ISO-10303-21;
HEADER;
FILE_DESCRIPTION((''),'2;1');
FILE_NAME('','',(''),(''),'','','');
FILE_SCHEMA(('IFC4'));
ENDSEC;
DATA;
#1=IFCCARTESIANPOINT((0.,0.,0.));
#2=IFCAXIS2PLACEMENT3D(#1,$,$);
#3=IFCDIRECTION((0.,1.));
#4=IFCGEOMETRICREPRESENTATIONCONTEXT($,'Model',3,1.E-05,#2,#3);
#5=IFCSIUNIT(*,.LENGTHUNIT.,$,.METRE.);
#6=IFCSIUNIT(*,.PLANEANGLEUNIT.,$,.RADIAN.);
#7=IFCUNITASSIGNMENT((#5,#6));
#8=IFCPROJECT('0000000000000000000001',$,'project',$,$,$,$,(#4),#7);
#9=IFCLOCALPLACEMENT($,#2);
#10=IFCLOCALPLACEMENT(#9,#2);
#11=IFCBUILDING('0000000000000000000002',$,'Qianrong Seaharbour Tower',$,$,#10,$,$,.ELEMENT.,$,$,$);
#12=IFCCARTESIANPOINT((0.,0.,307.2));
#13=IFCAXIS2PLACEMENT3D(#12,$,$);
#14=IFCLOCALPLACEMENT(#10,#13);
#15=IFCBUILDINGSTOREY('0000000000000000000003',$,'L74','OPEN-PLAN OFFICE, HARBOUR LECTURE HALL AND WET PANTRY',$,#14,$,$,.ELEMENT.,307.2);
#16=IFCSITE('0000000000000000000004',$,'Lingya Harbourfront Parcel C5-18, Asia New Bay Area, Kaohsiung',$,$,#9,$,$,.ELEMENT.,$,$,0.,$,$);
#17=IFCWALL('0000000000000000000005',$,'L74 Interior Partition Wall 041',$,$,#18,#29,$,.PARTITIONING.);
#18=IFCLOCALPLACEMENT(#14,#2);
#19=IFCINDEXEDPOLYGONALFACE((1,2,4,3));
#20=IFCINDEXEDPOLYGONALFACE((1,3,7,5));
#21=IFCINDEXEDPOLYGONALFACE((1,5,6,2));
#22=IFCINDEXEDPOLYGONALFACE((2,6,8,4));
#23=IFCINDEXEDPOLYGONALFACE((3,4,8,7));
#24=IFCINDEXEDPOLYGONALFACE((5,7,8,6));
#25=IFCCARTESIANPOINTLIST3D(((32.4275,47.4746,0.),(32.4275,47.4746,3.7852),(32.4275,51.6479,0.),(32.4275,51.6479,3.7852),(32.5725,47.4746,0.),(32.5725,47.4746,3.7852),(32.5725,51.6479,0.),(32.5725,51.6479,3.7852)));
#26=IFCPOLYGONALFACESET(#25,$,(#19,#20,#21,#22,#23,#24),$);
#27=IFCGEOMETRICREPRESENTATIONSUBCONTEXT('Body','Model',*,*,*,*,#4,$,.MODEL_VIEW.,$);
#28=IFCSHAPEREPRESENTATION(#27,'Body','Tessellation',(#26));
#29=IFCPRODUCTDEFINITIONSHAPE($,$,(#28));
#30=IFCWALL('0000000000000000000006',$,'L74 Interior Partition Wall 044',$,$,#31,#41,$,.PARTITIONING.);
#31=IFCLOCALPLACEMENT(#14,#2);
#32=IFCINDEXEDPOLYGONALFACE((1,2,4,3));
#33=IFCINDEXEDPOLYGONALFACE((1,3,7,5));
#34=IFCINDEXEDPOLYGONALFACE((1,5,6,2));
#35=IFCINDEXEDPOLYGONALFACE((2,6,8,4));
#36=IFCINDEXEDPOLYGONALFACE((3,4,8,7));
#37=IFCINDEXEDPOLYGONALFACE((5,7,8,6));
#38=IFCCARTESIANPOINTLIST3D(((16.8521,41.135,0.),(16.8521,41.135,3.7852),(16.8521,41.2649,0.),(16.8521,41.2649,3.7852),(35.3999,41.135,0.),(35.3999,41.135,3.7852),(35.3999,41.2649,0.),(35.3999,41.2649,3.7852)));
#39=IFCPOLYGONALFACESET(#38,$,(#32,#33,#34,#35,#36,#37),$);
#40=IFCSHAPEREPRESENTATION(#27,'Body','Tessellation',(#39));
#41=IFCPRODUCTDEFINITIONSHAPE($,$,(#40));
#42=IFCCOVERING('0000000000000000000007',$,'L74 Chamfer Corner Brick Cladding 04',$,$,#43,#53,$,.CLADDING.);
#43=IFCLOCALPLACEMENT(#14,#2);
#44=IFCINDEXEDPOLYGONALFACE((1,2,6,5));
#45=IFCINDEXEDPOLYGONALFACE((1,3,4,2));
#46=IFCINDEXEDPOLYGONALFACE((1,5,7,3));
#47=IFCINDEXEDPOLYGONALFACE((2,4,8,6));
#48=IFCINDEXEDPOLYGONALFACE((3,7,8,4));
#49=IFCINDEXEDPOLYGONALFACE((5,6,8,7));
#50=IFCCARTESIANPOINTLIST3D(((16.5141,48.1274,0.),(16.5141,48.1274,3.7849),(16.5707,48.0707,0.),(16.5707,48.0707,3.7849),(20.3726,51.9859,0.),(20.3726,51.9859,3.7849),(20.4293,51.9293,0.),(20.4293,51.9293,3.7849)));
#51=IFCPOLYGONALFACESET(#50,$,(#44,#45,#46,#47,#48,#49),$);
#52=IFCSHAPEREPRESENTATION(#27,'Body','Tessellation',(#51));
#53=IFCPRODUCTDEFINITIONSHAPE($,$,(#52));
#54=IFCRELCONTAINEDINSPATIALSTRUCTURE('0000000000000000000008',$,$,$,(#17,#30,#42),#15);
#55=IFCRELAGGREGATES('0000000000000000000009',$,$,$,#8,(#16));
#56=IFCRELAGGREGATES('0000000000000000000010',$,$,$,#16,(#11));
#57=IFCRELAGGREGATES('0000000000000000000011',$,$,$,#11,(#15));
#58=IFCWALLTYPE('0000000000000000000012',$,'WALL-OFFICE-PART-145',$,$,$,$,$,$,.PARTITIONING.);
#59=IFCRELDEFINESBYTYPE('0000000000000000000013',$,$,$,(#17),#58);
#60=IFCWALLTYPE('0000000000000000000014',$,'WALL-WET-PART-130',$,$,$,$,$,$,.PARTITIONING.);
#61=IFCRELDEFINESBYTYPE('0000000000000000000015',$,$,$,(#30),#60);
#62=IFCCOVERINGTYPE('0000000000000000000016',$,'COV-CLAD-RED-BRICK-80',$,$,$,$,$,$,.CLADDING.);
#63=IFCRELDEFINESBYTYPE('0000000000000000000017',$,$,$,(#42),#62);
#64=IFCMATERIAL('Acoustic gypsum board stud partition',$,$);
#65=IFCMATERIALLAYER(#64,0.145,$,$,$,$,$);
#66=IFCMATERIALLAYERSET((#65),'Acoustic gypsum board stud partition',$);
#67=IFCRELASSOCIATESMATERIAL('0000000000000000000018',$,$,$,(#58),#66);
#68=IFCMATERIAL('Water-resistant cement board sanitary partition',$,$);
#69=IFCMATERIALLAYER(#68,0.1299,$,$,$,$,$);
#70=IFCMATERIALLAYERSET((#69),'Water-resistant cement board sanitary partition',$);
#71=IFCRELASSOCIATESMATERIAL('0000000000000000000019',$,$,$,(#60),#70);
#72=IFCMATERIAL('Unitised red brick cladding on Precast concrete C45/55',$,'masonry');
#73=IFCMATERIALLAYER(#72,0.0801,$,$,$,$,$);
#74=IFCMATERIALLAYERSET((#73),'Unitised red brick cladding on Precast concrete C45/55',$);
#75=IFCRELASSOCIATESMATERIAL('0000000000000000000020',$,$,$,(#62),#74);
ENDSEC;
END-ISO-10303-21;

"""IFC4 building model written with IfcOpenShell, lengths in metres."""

from ifc_helpers import new_model, si_unit, direction, frame, frame_2d, origin, origin_2d, place, context, subcontext, project, spatial, rectangle, extrude, material, layer, layer_set, type_object, element, save


model = new_model("IFC4")

# Units and contexts
model_context = context("Model", 3, precision=1e-05, world=origin(), true_north=direction((0.0, 1.0)))
body_context = subcontext(model_context, "Body", "Model", "MODEL_VIEW")
ifc_project = project(units=[si_unit("LENGTHUNIT", "METRE"), si_unit("PLANEANGLEUNIT", "RADIAN")], contexts=[model_context])

# Site, building, storey
site_placement = place(None, origin())
site = spatial("IfcSite", under=ifc_project, at=site_placement, Name="Lingya Harbourfront Parcel C5-18, Asia New Bay Area, Kaohsiung", CompositionType="ELEMENT", RefElevation=0.0)
building_placement = place(site_placement, origin())
building = spatial("IfcBuilding", under=site, at=building_placement, Name="Qianrong Seaharbour Tower", CompositionType="ELEMENT")
storey_placement = place(building_placement, frame((0.0, 0.0, 307.2)))
storey = spatial("IfcBuildingStorey", under=building, at=storey_placement, Name="L74", Description="OPEN-PLAN OFFICE, HARBOUR LECTURE HALL AND WET PANTRY", CompositionType="ELEMENT", Elevation=307.2)

# Walls
ifc_material_1 = material(Name="Acoustic gypsum board stud partition")
ifc_layer_1 = layer(ifc_material_1, 0.145)
ifc_layer_set_1 = layer_set([ifc_layer_1], Name="Acoustic gypsum board stud partition")
wall_type_1 = type_object("IfcWallType", Name="WALL-OFFICE-PART-145", PredefinedType="PARTITIONING", material=ifc_layer_set_1)
wall_1_placement = place(storey_placement, frame((32.5, 51.6479, 0.0), z_axis=(0.0, 0.0, 1.0), x_axis=(0.0, -1.0, 0.0)))
element("IfcWall", 1, at=wall_1_placement, inside=storey, type_object=wall_type_1, Name="L74 Interior Partition Wall 041", PredefinedType="PARTITIONING", context=body_context, shape_type="SweptSolid", body=[
    extrude(rectangle(XDim=4.1733, YDim=0.145, at=frame_2d((2.0867, 0.0))), origin(), (0.0, 0.0, 1.0), 3.7852),
])
ifc_material_2 = material(Name="Water-resistant cement board sanitary partition")
ifc_layer_2 = layer(ifc_material_2, 0.1299)
ifc_layer_set_2 = layer_set([ifc_layer_2], Name="Water-resistant cement board sanitary partition")
wall_type_2 = type_object("IfcWallType", Name="WALL-WET-PART-130", PredefinedType="PARTITIONING", material=ifc_layer_set_2)
wall_2_placement = place(storey_placement, frame((16.8521, 41.2, 0.0), z_axis=(0.0, 0.0, 1.0), x_axis=(1.0, 0.0, 0.0)))
element("IfcWall", 2, at=wall_2_placement, inside=storey, type_object=wall_type_2, Name="L74 Interior Partition Wall 044", PredefinedType="PARTITIONING", context=body_context, shape_type="SweptSolid", body=[
    extrude(rectangle(XDim=18.5479, YDim=0.1299, at=frame_2d((9.2739, 0.0))), origin(), (0.0, 0.0, 1.0), 3.7852),
])

# Covering
ifc_material_3 = material(Name="Unitised red brick cladding on Precast concrete C45/55", Category="masonry")
ifc_layer_3 = layer(ifc_material_3, 0.0801)
ifc_layer_set_3 = layer_set([ifc_layer_3], Name="Unitised red brick cladding on Precast concrete C45/55")
covering_type = type_object("IfcCoveringType", Name="COV-CLAD-RED-BRICK-80", PredefinedType="CLADDING", material=ifc_layer_set_3)
covering_placement = place(storey_placement, frame((18.4717, 50.0283, 0.0), z_axis=(0.0, 0.0, 1.0), x_axis=(0.707107, 0.707107, 0.0)))
element("IfcCovering", 3, at=covering_placement, inside=storey, type_object=covering_type, Name="L74 Chamfer Corner Brick Cladding 04", PredefinedType="CLADDING", context=body_context, shape_type="SweptSolid", body=[
    extrude(rectangle(XDim=5.4568, YDim=0.0801, at=origin_2d()), origin(), (0.0, 0.0, 1.0), 3.7849),
])

save(model, "model.ifc")
